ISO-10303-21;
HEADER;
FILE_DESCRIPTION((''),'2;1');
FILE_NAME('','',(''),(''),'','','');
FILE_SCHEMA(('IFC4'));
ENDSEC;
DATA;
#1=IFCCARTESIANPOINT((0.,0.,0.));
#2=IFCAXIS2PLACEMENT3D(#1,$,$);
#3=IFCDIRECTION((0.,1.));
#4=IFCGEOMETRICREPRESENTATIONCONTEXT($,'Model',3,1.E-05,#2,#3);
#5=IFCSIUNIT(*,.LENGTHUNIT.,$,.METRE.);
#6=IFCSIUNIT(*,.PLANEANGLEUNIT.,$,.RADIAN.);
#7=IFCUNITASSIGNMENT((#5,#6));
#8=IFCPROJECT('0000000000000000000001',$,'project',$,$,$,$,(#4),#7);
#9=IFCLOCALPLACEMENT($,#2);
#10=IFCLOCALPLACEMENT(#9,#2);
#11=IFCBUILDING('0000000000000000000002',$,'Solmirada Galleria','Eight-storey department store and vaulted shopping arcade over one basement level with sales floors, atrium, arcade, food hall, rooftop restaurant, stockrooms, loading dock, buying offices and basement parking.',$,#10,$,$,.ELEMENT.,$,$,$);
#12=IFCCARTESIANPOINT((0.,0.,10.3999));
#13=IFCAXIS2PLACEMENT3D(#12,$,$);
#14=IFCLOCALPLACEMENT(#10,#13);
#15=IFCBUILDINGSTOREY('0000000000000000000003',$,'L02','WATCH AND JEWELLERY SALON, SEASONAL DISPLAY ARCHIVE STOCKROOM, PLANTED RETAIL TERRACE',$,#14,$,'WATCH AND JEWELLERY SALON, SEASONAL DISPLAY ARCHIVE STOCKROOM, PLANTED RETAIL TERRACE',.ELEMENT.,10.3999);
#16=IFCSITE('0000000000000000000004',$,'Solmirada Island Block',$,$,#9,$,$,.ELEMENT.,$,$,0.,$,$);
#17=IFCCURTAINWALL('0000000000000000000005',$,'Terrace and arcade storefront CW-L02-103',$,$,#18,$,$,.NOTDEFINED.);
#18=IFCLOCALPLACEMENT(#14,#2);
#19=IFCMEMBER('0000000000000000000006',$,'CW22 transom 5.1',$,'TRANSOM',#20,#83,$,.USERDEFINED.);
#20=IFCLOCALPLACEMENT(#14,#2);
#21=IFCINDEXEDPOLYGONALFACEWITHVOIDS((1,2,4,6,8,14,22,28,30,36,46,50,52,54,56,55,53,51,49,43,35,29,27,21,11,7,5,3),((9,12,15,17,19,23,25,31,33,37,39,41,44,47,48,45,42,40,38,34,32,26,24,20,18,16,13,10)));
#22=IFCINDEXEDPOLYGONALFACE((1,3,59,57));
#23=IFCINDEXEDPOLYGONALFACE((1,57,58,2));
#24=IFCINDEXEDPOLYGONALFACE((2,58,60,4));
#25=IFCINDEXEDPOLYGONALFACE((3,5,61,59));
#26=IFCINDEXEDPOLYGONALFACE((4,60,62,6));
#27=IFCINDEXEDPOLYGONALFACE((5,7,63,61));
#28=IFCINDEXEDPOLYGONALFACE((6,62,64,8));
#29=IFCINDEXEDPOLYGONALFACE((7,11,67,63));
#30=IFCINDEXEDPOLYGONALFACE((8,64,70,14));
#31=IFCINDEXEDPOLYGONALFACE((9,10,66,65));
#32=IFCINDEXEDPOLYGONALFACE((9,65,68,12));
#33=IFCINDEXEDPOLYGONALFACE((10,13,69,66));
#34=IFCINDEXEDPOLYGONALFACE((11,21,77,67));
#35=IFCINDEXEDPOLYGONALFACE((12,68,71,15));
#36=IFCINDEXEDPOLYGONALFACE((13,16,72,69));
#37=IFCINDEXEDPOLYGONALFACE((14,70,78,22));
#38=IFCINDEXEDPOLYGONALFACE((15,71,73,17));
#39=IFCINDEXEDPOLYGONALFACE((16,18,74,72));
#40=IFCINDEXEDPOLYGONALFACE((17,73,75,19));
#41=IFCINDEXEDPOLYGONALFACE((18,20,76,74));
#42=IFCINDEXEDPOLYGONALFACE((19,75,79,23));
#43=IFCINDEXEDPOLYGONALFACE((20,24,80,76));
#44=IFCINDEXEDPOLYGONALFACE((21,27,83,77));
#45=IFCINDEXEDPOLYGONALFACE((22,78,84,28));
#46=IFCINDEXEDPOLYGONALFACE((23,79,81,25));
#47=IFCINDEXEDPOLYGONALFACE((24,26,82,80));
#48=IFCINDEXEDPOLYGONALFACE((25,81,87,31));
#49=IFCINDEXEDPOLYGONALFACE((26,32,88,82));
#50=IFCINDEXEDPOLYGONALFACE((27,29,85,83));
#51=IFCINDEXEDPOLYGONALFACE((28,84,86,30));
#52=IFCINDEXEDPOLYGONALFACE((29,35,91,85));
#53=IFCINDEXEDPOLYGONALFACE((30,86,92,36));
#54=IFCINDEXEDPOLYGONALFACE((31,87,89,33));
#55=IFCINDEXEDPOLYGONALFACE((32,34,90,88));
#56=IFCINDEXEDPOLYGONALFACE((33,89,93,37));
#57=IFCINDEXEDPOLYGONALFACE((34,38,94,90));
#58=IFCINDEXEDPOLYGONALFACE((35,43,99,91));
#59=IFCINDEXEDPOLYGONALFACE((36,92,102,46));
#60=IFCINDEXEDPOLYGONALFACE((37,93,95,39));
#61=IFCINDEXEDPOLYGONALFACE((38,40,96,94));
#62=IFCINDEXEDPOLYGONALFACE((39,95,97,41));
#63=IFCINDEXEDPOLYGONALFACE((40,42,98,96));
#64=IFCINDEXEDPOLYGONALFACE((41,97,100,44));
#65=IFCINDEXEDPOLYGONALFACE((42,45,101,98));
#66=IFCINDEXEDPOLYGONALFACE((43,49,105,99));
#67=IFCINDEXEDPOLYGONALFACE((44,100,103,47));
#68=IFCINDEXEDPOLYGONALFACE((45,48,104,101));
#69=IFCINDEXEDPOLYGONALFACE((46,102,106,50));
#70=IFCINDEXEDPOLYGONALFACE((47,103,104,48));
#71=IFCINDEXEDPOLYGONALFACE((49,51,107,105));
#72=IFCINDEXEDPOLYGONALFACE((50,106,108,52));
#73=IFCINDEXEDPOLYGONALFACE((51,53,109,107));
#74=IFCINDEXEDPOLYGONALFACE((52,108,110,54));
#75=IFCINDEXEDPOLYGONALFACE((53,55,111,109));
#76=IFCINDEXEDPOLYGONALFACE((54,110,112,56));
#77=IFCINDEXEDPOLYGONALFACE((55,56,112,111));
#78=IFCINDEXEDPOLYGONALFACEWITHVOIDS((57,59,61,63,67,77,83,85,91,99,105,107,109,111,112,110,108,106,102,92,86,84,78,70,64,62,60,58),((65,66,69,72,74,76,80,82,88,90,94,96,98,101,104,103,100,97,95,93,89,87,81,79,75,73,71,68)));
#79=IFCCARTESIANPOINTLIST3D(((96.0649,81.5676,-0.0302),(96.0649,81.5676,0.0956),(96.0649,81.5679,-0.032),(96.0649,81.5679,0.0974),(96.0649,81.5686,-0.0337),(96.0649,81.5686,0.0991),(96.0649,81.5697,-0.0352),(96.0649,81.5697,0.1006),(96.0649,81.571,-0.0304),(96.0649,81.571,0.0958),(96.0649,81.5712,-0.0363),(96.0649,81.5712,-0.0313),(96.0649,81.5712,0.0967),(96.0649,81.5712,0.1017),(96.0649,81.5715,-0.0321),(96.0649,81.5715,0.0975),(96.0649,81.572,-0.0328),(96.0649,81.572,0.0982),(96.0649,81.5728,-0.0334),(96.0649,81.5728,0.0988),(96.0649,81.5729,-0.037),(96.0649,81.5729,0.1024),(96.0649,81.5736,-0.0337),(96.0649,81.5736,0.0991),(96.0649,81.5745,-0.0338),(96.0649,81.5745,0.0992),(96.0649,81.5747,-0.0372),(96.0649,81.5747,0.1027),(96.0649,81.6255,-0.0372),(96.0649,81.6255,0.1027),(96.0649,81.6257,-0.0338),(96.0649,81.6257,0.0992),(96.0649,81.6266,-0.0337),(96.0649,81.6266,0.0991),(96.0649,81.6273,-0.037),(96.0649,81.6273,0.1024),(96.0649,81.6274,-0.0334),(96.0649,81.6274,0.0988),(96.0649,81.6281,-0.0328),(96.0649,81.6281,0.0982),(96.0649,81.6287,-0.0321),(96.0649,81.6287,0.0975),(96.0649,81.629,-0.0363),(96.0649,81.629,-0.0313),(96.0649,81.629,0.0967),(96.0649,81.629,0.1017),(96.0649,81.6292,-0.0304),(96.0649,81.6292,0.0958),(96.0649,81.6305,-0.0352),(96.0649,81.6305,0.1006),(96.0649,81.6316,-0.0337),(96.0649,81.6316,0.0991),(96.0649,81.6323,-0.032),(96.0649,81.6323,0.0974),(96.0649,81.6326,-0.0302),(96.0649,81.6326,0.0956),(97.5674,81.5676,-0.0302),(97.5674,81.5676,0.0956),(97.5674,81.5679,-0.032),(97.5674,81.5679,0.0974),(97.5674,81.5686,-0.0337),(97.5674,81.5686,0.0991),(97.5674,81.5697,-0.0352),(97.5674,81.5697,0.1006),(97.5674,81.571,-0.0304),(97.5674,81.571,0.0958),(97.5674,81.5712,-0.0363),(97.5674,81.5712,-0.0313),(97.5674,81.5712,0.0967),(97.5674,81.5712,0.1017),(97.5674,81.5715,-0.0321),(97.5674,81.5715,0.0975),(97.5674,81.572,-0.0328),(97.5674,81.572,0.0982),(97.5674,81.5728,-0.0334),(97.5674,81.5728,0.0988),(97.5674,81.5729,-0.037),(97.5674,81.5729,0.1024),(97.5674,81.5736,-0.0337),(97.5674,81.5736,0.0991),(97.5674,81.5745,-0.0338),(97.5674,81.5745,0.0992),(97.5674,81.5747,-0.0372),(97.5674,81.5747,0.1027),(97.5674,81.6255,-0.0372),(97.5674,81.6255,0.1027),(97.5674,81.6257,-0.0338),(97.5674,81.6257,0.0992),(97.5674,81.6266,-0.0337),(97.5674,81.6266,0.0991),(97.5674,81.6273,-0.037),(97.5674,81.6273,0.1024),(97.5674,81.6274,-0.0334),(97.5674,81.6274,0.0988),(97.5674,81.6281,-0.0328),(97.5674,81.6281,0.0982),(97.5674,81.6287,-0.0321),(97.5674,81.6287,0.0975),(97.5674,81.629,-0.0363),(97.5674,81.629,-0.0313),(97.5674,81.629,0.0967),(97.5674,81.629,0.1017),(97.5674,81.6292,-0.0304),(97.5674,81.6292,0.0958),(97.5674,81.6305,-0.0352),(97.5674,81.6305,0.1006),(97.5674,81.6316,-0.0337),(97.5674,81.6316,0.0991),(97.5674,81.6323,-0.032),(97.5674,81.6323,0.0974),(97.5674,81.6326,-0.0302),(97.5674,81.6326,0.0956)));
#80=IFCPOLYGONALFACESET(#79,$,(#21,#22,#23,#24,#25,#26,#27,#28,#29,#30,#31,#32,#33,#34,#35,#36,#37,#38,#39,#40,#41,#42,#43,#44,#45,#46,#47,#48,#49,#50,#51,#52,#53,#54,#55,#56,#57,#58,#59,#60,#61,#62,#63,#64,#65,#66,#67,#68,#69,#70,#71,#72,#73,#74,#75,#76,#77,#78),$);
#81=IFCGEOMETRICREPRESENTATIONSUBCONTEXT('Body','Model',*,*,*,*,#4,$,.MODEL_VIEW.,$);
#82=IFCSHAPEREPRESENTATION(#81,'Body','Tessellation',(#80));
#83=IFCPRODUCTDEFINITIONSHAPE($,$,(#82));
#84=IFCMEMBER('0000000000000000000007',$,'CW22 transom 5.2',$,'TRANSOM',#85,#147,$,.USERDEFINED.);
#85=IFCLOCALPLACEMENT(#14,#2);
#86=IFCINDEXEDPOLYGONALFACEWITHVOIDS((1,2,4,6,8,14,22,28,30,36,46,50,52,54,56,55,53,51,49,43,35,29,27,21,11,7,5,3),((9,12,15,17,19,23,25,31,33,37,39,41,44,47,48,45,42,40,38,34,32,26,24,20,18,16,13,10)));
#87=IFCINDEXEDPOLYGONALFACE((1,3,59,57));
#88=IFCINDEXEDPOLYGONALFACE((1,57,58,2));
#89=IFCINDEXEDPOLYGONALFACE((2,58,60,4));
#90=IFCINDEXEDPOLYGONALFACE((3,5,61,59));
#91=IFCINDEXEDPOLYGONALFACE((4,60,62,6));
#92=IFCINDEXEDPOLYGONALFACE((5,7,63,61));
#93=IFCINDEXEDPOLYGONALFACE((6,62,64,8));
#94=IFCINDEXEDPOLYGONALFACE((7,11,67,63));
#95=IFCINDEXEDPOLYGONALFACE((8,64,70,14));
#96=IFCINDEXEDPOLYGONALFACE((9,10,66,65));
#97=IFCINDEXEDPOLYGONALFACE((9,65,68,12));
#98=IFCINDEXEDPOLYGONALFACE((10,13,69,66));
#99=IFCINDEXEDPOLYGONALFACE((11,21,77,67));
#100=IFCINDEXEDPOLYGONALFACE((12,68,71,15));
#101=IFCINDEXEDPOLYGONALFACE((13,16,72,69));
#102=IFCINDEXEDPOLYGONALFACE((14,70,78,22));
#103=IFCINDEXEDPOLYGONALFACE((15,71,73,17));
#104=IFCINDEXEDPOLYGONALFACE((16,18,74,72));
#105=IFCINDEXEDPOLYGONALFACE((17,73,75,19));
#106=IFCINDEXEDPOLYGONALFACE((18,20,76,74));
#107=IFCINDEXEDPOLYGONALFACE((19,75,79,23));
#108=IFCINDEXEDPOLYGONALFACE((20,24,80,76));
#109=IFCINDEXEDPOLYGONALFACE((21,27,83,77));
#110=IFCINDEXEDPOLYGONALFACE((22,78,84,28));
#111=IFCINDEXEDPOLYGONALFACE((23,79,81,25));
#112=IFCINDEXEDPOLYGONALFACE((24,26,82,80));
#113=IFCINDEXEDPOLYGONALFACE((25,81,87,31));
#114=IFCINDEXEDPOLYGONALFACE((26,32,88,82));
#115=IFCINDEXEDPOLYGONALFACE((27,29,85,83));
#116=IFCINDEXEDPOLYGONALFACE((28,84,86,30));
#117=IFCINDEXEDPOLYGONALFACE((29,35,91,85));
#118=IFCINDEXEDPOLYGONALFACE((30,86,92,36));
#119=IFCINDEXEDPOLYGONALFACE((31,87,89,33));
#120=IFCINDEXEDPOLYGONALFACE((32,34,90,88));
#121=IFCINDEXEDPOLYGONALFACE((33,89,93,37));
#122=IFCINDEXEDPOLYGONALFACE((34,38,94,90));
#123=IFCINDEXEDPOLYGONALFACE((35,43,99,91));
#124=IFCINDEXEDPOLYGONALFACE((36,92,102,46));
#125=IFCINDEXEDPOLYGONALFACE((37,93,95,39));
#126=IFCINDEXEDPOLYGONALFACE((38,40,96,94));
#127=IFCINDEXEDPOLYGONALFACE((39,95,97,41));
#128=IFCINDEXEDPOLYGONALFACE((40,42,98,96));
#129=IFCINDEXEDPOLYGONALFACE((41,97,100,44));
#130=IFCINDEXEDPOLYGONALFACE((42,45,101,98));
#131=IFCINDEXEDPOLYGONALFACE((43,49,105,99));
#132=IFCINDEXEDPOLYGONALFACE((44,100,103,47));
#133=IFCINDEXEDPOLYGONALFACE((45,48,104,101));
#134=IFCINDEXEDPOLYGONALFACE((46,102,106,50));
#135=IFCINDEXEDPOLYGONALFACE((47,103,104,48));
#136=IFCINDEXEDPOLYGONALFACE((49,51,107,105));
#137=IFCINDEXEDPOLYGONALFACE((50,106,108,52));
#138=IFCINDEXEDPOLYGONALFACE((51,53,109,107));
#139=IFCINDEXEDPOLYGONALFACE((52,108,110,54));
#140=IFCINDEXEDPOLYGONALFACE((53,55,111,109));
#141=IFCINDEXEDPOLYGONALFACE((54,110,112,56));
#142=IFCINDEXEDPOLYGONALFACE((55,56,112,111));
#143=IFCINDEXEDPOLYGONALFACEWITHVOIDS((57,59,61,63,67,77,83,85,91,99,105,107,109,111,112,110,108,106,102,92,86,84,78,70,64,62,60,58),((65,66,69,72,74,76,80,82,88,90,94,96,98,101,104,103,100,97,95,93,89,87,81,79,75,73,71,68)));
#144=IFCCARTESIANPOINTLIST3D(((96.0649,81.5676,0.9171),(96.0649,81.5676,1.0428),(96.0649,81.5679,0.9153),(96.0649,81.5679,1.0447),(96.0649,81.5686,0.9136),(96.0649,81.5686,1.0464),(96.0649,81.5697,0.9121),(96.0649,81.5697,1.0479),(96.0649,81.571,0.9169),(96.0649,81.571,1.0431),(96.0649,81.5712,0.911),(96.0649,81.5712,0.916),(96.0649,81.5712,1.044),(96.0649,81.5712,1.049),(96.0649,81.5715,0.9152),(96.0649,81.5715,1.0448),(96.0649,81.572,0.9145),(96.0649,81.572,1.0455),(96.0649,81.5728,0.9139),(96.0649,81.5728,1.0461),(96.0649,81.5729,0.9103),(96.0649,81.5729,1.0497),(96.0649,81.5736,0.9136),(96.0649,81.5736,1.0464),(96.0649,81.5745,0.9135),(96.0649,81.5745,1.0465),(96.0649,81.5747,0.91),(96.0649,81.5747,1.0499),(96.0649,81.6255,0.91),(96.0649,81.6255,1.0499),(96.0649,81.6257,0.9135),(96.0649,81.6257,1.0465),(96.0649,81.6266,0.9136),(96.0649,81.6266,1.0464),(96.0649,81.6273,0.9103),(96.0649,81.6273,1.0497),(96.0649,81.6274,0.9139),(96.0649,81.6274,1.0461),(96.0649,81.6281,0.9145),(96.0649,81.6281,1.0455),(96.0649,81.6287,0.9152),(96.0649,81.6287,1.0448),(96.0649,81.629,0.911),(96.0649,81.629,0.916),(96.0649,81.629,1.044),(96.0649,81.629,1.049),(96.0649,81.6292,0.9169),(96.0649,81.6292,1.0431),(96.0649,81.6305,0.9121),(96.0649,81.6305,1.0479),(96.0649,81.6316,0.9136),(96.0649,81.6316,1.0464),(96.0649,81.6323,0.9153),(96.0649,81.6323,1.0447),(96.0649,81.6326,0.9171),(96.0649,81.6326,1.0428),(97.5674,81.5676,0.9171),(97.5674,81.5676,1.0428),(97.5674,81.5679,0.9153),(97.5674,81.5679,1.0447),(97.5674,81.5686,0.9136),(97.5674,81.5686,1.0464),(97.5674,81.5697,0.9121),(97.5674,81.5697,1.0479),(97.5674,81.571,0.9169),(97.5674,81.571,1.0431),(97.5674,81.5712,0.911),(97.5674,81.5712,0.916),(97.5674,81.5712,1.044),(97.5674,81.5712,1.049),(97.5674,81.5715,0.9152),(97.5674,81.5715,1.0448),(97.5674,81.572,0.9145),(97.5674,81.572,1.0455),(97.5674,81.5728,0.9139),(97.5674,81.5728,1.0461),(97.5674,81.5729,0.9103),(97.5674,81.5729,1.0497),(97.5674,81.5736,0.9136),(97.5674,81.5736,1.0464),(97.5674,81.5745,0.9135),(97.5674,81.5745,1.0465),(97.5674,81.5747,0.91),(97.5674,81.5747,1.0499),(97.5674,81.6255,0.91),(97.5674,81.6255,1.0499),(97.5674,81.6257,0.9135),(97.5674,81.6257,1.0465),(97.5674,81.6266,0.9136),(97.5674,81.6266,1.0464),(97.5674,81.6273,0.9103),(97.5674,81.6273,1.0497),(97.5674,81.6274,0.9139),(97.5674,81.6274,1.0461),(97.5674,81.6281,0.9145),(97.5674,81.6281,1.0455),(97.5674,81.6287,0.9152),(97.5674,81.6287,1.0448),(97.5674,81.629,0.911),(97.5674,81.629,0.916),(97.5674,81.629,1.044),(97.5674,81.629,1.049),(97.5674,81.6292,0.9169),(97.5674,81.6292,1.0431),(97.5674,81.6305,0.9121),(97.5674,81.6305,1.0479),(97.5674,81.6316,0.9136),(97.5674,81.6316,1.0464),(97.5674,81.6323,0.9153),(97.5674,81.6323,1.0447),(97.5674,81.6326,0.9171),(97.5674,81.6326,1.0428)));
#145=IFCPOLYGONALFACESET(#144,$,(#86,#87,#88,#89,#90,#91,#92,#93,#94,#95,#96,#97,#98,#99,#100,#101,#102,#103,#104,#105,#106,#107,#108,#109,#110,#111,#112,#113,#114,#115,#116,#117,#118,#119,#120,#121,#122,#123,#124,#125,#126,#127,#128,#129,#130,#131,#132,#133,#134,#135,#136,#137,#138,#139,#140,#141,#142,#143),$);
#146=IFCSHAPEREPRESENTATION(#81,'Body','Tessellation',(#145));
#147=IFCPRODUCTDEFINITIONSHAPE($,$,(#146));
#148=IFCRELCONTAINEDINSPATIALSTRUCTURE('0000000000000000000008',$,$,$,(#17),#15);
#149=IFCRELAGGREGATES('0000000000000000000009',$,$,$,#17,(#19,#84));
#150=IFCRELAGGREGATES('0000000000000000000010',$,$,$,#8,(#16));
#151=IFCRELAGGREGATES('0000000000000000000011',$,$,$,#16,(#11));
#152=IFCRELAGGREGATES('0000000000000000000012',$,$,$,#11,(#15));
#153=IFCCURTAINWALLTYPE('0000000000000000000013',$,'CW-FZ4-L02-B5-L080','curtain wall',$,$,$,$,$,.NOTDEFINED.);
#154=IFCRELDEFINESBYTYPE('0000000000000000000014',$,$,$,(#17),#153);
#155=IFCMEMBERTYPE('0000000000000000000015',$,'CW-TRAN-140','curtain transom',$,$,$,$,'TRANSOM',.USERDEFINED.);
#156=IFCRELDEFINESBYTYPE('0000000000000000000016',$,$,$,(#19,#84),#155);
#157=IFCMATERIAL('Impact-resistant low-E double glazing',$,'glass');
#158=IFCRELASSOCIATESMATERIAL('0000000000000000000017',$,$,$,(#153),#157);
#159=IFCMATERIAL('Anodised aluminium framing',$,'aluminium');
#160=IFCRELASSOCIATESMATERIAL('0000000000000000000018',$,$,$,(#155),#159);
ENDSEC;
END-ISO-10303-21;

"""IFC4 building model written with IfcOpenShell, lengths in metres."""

from ifc_helpers import new_model, si_unit, direction, frame, origin, origin_2d, place, context, subcontext, project, spatial, hollow_rectangle, extrude, material, material_profile, profile_set, type_object, element, aggregate, save


model = new_model("IFC4")

# Units and contexts
model_context = context("Model", 3, precision=1e-05, world=origin(), true_north=direction((0.0, 1.0)))
body_context = subcontext(model_context, "Body", "Model", "MODEL_VIEW")
ifc_project = project(units=[si_unit("LENGTHUNIT", "METRE"), si_unit("PLANEANGLEUNIT", "RADIAN")], contexts=[model_context])

# Site, building, storey
site_placement = place(None, origin())
site = spatial("IfcSite", under=ifc_project, at=site_placement, Name="Solmirada Island Block", CompositionType="ELEMENT", RefElevation=0.0)
building_placement = place(site_placement, origin())
building = spatial("IfcBuilding", under=site, at=building_placement, Name="Solmirada Galleria", Description="Eight-storey department store and vaulted shopping arcade over one basement level with sales floors, atrium, arcade, food hall, rooftop restaurant, stockrooms, loading dock, buying offices and basement parking.", CompositionType="ELEMENT")
storey_placement = place(building_placement, frame((0.0, 0.0, 10.3999)))
storey = spatial("IfcBuildingStorey", under=building, at=storey_placement, Name="L02", Description="WATCH AND JEWELLERY SALON, SEASONAL DISPLAY ARCHIVE STOCKROOM, PLANTED RETAIL TERRACE", LongName="WATCH AND JEWELLERY SALON, SEASONAL DISPLAY ARCHIVE STOCKROOM, PLANTED RETAIL TERRACE", CompositionType="ELEMENT", Elevation=10.3999)

# Curtain wall, members
ifc_material_1 = material(Name="Impact-resistant low-E double glazing", Category="glass")
curtain_wall_type = type_object("IfcCurtainWallType", Name="CW-FZ4-L02-B5-L080", Description="curtain wall", PredefinedType="NOTDEFINED", material=ifc_material_1)
curtain_wall_placement = place(storey_placement, origin())
curtain_wall = element("IfcCurtainWall", 1, at=curtain_wall_placement, inside=storey, type_object=curtain_wall_type, Name="Terrace and arcade storefront CW-L02-103", PredefinedType="NOTDEFINED")
ifc_material_2 = material(Name="Anodised aluminium framing", Category="aluminium")
ifc_material_profile_1 = material_profile(ifc_material_2, hollow_rectangle(XDim=0.0649, YDim=0.1399, WallThickness=0.0034, InnerFilletRadius=0.0034, OuterFilletRadius=0.0071, at=origin_2d()), Name="ALU-TRAN-140X65")
ifc_profile_set_1 = profile_set([ifc_material_profile_1], Name="Anodised aluminium framing")
member_type_1 = type_object("IfcMemberType", Name="CW-TRAN-140", Description="curtain transom", ElementType="TRANSOM", PredefinedType="USERDEFINED", material=ifc_profile_set_1)
member_1_placement = place(storey_placement, frame((97.5674, 81.6001, 0.0327), z_axis=(-1.0, 0.0, 0.0), x_axis=(0.0, -1.0, 0.0)))
member_1 = element("IfcMember", 2, at=member_1_placement, type_object=member_type_1, Name="CW22 transom 5.1", ObjectType="TRANSOM", PredefinedType="USERDEFINED", context=body_context, shape_type="SweptSolid", body=[
    extrude(hollow_rectangle(XDim=0.0649, YDim=0.1399, WallThickness=0.0034, InnerFilletRadius=0.0034, OuterFilletRadius=0.0071, at=origin_2d()), origin(), (0.0, 0.0, 1.0), 1.5024),
])
member_2_placement = place(storey_placement, frame((97.5674, 81.6001, 0.98), z_axis=(-1.0, 0.0, 0.0), x_axis=(0.0, -1.0, 0.0)))
member_2 = element("IfcMember", 3, at=member_2_placement, type_object=member_type_1, Name="CW22 transom 5.2", ObjectType="TRANSOM", PredefinedType="USERDEFINED", context=body_context, shape_type="SweptSolid", body=[
    extrude(hollow_rectangle(XDim=0.0649, YDim=0.1399, WallThickness=0.0034, InnerFilletRadius=0.0034, OuterFilletRadius=0.0071, at=origin_2d()), origin(), (0.0, 0.0, 1.0), 1.5024),
])
aggregate(curtain_wall, [member_1, member_2])

save(model, "model.ifc")
